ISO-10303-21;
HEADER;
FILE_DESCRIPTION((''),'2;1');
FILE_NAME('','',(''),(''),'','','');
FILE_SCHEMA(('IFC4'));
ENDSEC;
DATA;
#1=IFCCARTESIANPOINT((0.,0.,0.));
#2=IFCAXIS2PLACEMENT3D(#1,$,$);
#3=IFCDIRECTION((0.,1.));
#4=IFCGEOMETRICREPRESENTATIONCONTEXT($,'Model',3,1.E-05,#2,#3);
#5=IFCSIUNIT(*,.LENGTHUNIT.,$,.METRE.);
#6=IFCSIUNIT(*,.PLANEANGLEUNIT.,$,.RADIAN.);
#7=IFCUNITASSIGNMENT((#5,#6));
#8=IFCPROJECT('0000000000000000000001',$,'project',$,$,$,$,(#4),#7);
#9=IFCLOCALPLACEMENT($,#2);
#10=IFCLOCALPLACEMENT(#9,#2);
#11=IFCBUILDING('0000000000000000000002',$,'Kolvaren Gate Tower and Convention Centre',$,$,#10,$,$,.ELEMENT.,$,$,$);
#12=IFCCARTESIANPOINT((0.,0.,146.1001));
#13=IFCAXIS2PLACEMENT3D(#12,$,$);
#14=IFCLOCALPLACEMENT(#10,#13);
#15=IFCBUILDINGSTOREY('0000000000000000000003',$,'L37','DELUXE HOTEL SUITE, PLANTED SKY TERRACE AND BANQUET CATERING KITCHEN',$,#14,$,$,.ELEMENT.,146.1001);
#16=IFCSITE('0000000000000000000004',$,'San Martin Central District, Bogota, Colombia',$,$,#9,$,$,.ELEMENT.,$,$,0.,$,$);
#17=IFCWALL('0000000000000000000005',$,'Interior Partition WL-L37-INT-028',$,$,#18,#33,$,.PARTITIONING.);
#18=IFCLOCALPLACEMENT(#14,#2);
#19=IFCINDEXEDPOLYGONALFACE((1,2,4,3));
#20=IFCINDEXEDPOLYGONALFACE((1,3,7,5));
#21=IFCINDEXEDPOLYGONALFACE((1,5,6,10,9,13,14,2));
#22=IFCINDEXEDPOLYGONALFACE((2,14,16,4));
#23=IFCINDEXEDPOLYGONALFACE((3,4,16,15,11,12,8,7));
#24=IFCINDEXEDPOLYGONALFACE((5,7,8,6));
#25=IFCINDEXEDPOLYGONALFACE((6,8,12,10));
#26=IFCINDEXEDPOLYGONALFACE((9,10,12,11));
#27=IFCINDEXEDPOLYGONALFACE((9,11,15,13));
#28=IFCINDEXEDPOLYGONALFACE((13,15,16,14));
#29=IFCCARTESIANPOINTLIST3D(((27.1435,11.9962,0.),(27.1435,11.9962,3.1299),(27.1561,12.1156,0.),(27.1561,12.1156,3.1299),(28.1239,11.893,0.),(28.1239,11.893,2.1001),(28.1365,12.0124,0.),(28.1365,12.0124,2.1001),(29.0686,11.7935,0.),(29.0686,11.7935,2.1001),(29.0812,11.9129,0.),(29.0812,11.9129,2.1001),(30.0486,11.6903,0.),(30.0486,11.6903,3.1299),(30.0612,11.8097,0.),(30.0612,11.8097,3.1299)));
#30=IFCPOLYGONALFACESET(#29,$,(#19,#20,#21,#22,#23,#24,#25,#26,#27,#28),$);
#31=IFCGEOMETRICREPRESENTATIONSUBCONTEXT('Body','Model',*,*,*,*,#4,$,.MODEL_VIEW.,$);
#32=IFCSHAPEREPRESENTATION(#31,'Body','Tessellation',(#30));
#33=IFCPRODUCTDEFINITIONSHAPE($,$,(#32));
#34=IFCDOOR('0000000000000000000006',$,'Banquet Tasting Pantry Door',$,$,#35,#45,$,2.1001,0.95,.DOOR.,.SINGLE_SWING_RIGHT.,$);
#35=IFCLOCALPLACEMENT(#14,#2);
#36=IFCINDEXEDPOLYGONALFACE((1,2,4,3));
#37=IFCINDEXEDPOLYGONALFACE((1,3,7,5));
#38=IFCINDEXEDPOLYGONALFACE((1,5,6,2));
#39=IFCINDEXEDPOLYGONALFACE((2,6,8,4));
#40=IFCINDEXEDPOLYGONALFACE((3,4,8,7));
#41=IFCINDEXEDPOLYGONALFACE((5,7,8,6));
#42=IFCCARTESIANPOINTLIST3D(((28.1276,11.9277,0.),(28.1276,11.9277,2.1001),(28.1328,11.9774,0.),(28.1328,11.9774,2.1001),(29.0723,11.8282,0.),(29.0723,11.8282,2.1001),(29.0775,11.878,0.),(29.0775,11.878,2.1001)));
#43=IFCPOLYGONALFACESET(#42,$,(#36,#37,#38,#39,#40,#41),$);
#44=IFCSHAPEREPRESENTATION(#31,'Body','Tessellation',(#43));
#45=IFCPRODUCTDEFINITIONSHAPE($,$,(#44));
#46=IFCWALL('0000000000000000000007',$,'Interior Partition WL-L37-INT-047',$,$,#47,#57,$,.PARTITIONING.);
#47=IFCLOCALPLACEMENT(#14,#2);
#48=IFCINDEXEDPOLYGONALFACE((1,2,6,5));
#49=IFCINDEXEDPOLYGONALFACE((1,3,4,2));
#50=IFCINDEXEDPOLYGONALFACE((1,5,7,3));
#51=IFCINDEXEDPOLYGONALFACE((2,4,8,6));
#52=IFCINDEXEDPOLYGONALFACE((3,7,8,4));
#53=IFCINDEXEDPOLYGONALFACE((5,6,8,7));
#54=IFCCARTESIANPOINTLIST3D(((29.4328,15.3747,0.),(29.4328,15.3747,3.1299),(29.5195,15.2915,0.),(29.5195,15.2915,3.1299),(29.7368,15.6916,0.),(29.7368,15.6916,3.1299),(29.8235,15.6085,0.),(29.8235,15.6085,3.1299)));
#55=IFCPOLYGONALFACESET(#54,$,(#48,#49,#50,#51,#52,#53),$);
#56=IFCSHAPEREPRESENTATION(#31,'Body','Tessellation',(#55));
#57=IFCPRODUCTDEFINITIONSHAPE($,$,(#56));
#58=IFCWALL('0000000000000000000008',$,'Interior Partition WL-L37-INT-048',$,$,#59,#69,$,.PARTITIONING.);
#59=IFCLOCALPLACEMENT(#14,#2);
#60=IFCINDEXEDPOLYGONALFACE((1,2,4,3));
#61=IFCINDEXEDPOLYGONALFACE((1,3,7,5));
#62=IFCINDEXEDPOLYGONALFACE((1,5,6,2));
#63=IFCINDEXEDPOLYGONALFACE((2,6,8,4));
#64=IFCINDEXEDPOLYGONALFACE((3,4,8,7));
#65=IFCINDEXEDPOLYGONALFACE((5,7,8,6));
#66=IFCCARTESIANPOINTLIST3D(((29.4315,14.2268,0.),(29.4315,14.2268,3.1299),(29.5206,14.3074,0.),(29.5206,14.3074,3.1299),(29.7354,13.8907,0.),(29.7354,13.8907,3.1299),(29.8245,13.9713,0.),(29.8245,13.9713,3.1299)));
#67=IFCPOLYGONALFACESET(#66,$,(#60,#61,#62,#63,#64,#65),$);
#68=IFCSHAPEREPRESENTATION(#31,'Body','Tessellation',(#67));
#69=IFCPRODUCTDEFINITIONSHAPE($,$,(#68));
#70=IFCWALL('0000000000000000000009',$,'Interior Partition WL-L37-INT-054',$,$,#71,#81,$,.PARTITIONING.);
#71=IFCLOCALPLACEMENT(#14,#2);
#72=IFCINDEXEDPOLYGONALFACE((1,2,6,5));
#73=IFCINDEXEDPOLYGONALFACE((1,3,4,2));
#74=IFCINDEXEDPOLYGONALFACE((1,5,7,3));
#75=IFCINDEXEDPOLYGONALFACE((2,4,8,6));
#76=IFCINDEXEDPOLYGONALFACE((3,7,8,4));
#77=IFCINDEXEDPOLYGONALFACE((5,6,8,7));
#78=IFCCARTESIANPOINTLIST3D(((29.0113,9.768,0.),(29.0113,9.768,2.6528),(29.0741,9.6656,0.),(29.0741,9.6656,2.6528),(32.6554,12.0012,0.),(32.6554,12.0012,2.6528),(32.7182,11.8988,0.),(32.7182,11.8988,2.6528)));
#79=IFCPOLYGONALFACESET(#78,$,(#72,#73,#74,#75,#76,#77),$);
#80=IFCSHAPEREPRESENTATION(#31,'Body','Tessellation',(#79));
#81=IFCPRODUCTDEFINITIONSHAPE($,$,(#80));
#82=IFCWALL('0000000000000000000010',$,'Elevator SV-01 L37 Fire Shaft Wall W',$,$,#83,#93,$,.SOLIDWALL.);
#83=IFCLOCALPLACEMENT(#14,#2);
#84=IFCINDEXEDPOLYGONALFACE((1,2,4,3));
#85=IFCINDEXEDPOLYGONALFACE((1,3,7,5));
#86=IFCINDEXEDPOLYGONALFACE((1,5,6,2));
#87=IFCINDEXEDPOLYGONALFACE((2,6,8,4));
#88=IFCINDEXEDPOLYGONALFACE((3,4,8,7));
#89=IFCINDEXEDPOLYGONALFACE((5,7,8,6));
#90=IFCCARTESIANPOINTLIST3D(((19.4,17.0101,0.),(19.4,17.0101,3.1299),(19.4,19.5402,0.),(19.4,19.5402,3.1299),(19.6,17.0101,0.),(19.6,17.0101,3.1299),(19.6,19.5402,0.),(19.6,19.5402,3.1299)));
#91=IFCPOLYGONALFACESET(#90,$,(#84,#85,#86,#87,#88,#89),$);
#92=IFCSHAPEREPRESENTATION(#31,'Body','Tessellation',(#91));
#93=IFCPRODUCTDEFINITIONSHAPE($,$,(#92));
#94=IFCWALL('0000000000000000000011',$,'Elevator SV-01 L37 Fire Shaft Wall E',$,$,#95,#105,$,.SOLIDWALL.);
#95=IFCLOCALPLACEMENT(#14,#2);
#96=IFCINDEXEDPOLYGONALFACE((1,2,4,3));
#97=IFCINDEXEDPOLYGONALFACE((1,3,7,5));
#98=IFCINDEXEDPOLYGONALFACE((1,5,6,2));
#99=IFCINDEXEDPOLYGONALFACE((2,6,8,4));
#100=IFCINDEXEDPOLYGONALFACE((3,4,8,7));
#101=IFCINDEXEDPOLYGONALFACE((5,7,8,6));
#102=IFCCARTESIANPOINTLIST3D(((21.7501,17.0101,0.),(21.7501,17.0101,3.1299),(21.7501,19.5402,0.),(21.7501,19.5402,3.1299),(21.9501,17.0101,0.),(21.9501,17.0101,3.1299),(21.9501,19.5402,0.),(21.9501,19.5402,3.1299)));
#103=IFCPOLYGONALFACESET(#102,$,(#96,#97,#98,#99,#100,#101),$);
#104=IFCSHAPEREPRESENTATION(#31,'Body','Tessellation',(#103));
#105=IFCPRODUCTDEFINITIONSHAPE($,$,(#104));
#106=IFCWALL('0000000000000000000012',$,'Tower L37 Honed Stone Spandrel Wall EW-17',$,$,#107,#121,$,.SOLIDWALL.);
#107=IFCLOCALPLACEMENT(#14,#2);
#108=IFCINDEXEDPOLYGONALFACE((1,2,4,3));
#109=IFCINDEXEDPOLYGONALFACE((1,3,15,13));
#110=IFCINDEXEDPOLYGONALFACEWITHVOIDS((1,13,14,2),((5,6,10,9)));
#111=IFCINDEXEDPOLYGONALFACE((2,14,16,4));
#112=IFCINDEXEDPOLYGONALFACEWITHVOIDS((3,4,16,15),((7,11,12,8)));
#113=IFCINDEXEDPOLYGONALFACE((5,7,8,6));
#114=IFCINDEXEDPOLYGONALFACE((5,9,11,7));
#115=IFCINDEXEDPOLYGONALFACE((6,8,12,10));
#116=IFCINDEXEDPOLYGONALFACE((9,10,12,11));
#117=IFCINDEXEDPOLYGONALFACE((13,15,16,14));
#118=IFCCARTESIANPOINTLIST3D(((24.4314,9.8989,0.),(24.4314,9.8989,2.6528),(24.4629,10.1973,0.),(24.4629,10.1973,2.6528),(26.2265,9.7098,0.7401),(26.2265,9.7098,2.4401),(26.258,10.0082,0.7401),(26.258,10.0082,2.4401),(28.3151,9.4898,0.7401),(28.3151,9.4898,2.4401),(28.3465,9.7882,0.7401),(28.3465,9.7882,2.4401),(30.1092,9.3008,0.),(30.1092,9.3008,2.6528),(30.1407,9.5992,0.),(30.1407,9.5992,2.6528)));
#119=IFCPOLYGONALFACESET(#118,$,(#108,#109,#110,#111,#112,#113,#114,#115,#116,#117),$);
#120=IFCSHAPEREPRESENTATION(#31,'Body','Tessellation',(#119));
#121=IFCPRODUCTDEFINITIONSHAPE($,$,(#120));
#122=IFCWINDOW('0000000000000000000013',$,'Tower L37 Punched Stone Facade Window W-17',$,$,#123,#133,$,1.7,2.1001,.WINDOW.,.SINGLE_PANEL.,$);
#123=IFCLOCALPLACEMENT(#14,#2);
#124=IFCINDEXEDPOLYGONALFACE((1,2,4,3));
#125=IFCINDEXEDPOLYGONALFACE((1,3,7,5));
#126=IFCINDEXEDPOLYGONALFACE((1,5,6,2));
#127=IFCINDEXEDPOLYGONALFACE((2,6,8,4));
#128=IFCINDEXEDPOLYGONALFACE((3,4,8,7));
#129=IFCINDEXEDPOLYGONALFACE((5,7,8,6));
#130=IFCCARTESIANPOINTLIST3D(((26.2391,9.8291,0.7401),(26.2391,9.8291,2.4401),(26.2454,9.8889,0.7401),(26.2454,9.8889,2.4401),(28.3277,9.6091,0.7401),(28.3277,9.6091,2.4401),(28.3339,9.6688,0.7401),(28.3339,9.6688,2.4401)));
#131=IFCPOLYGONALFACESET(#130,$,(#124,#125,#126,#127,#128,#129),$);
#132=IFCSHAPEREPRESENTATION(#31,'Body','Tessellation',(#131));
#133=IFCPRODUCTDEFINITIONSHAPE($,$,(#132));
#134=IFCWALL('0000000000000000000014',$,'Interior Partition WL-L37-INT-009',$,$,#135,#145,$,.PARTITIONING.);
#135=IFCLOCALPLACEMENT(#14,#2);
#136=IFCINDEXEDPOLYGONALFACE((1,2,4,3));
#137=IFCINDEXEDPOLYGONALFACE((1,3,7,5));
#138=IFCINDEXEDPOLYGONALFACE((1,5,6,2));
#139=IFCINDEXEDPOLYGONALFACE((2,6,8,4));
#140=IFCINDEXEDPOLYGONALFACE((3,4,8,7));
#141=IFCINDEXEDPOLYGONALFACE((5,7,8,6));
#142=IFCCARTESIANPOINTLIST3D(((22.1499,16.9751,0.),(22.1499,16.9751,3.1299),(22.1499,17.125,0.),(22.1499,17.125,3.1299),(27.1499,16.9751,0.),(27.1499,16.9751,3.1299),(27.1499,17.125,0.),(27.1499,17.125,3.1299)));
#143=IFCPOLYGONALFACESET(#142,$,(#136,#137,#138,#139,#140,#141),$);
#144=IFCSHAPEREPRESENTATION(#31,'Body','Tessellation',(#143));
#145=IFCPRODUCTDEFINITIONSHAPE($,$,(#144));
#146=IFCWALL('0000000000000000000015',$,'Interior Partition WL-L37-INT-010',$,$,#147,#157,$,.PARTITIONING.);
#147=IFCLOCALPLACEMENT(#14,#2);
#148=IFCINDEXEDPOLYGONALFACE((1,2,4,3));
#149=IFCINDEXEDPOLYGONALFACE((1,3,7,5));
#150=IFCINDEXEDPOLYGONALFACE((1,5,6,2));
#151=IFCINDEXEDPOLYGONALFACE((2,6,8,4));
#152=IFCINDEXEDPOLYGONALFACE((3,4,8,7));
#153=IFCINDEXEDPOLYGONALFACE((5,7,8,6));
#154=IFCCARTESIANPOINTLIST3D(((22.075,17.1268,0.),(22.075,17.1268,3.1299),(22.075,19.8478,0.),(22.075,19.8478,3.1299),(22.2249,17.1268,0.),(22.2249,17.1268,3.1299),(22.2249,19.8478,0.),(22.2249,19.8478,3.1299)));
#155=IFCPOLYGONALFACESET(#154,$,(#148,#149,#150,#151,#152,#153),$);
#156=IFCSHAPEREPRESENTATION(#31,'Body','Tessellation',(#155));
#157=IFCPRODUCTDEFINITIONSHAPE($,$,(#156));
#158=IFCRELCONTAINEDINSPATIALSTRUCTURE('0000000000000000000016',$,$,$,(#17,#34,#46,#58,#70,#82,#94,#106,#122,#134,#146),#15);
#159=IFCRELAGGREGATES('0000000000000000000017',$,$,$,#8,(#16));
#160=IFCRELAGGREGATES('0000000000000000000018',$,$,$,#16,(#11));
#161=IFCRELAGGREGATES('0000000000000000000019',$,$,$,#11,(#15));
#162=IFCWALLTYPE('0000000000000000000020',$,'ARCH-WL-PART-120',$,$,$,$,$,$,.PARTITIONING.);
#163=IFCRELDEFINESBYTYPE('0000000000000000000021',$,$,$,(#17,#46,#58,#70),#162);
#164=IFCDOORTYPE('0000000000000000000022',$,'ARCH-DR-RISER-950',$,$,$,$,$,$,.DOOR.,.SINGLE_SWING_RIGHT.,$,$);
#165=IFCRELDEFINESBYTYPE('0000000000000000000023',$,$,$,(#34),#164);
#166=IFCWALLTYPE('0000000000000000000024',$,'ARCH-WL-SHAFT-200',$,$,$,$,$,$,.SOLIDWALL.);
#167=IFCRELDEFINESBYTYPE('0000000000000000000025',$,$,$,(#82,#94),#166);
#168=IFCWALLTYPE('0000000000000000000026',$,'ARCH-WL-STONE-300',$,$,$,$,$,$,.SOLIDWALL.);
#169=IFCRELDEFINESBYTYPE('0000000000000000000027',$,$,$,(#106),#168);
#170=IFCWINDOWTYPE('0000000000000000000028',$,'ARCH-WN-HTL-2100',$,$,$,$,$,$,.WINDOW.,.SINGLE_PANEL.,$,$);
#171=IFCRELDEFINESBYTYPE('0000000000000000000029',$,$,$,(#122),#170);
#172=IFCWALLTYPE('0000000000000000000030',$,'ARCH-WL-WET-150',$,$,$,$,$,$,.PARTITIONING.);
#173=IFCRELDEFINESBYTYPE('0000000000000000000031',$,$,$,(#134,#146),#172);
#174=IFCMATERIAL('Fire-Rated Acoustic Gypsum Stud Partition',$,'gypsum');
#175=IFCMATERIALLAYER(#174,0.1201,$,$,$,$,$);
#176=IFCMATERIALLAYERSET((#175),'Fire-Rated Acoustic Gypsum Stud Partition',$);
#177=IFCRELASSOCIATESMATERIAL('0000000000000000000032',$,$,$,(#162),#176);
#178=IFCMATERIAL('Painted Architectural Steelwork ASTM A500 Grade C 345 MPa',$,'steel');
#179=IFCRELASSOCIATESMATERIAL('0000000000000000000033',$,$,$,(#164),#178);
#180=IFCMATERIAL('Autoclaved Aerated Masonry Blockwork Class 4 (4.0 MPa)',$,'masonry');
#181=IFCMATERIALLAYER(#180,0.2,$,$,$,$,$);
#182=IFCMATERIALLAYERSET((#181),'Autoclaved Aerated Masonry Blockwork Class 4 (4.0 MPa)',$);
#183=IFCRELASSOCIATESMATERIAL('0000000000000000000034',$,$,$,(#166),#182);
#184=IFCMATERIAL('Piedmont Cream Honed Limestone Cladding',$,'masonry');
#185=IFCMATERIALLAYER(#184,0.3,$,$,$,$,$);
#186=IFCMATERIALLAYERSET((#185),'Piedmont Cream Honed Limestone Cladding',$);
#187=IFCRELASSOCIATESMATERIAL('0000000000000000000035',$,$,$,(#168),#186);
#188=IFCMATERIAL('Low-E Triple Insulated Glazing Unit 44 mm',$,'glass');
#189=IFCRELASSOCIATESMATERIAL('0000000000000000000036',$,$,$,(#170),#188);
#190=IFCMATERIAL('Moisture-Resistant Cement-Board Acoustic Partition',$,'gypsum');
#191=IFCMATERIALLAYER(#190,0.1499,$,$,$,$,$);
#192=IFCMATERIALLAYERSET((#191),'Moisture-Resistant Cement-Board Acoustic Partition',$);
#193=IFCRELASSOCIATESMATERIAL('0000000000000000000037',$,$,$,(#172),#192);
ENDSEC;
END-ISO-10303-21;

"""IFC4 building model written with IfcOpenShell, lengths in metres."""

from ifc_helpers import new_model, si_unit, direction, frame, frame_2d, origin, place, context, subcontext, project, spatial, rectangle, extrude, material, layer, layer_set, type_object, element, fill, save


model = new_model("IFC4")

# Units and contexts
model_context = context("Model", 3, precision=1e-05, world=origin(), true_north=direction((0.0, 1.0)))
body_context = subcontext(model_context, "Body", "Model", "MODEL_VIEW")
ifc_project = project(units=[si_unit("LENGTHUNIT", "METRE"), si_unit("PLANEANGLEUNIT", "RADIAN")], contexts=[model_context])

# Site, building, storey
site_placement = place(None, origin())
site = spatial("IfcSite", under=ifc_project, at=site_placement, Name="San Martin Central District, Bogota, Colombia", CompositionType="ELEMENT", RefElevation=0.0)
building_placement = place(site_placement, origin())
building = spatial("IfcBuilding", under=site, at=building_placement, Name="Kolvaren Gate Tower and Convention Centre", CompositionType="ELEMENT")
storey_placement = place(building_placement, frame((0.0, 0.0, 146.1001)))
storey = spatial("IfcBuildingStorey", under=building, at=storey_placement, Name="L37", Description="DELUXE HOTEL SUITE, PLANTED SKY TERRACE AND BANQUET CATERING KITCHEN", CompositionType="ELEMENT", Elevation=146.1001)

# Shared definitions
ifc_material_1 = material(Name="Fire-Rated Acoustic Gypsum Stud Partition", Category="gypsum")
ifc_layer_1 = layer(ifc_material_1, 0.1201)
ifc_layer_set_1 = layer_set([ifc_layer_1], Name="Fire-Rated Acoustic Gypsum Stud Partition")
wall_type_1 = type_object("IfcWallType", Name="ARCH-WL-PART-120", PredefinedType="PARTITIONING", material=ifc_layer_set_1)

# Wall, opening, door
wall_1_placement = place(storey_placement, frame((27.1499, 12.0559, 0.0), z_axis=(0.0, 0.0, 1.0), x_axis=(0.994501, -0.104724, 0.0)))
wall_1 = element("IfcWall", 1, at=wall_1_placement, inside=storey, type_object=wall_type_1, Name="Interior Partition WL-L37-INT-028", PredefinedType="PARTITIONING", context=body_context, shape_type="SweptSolid", body=[
    extrude(rectangle(XDim=2.9211, YDim=0.1201, at=frame_2d((1.4604, 0.0))), origin(), (0.0, 0.0, 1.0), 3.1299),
])
opening_1_placement = place(wall_1_placement, frame((0.9856, 0.0, 0.0)))
opening_1 = element("IfcOpeningElement", 2, at=opening_1_placement, cuts=wall_1, PredefinedType="OPENING", context=body_context, shape_type="SweptSolid", body=[
    extrude(rectangle(XDim=0.95, YDim=2.1001, at=frame_2d((0.4751, 1.05))), frame((0.0, 0.0701, 0.0), z_axis=(0.0, -1.0, 0.0), x_axis=(1.0, 0.0, 0.0)), (0.0, 0.0, 1.0), 0.1401),
])
ifc_material_2 = material(Name="Painted Architectural Steelwork ASTM A500 Grade C 345 MPa", Category="steel")
door_type = type_object("IfcDoorType", Name="ARCH-DR-RISER-950", OperationType="SINGLE_SWING_RIGHT", PredefinedType="DOOR", material=ifc_material_2)
door_1_placement = place(opening_1_placement, origin())
door_1 = element("IfcDoor", 3, at=door_1_placement, inside=storey, type_object=door_type, Name="Banquet Tasting Pantry Door", OperationType="SINGLE_SWING_RIGHT", OverallHeight=2.1001, OverallWidth=0.95, PredefinedType="DOOR", context=body_context, shape_type="SweptSolid", body=[
    extrude(rectangle(XDim=0.95, YDim=2.1001, at=frame_2d((0.4751, 1.05))), frame((0.0, 0.0249, 0.0), z_axis=(0.0, -1.0, 0.0), x_axis=(1.0, 0.0, 0.0)), (0.0, 0.0, 1.0), 0.05),
])
fill(opening_1, door_1)

# Walls
wall_2_placement = place(storey_placement, frame((29.4761, 15.333, 0.0), z_axis=(0.0, 0.0, 1.0), x_axis=(0.692219, 0.721687, 0.0)))
element("IfcWall", 4, at=wall_2_placement, inside=storey, type_object=wall_type_1, Name="Interior Partition WL-L37-INT-047", PredefinedType="PARTITIONING", context=body_context, shape_type="SweptSolid", body=[
    extrude(rectangle(XDim=0.4392, YDim=0.1201, at=frame_2d((0.2197, 0.0))), origin(), (0.0, 0.0, 1.0), 3.1299),
])
wall_3_placement = place(storey_placement, frame((29.4761, 14.2671, 0.0), z_axis=(0.0, 0.0, 1.0), x_axis=(0.670659, -0.741765, 0.0)))
element("IfcWall", 5, at=wall_3_placement, inside=storey, type_object=wall_type_1, Name="Interior Partition WL-L37-INT-048", PredefinedType="PARTITIONING", context=body_context, shape_type="SweptSolid", body=[
    extrude(rectangle(XDim=0.4531, YDim=0.1201, at=frame_2d((0.2266, 0.0))), origin(), (0.0, 0.0, 1.0), 3.1299),
])
wall_4_placement = place(storey_placement, frame((29.0427, 9.7168, 0.0), z_axis=(0.0, 0.0, 1.0), x_axis=(0.852632, 0.522512, 0.0)))
element("IfcWall", 6, at=wall_4_placement, inside=storey, type_object=wall_type_1, Name="Interior Partition WL-L37-INT-054", PredefinedType="PARTITIONING", context=body_context, shape_type="SweptSolid", body=[
    extrude(rectangle(XDim=4.2739, YDim=0.1201, at=frame_2d((2.137, 0.0))), origin(), (0.0, 0.0, 1.0), 2.6528),
])
ifc_material_3 = material(Name="Autoclaved Aerated Masonry Blockwork Class 4 (4.0 MPa)", Category="masonry")
ifc_layer_2 = layer(ifc_material_3, 0.2)
ifc_layer_set_2 = layer_set([ifc_layer_2], Name="Autoclaved Aerated Masonry Blockwork Class 4 (4.0 MPa)")
wall_type_2 = type_object("IfcWallType", Name="ARCH-WL-SHAFT-200", PredefinedType="SOLIDWALL", material=ifc_layer_set_2)
for number, where, z_axis, x_axis, name in (
    (7, (19.5, 17.01, 0.0), (0.0, 0.0, 1.0), (0.0, 1.0, 0.0), "Elevator SV-01 L37 Fire Shaft Wall W"),
    (8, (21.8501, 17.01, 0.0), (0.0, 0.0, 1.0), (0.0, 1.0, 0.0), "Elevator SV-01 L37 Fire Shaft Wall E"),
):
    element("IfcWall", number, at=place(storey_placement, frame(where, z_axis=z_axis, x_axis=x_axis)), inside=storey, type_object=wall_type_2, Name=name, PredefinedType="SOLIDWALL", context=body_context, shape_type="SweptSolid", body=[
        extrude(rectangle(XDim=2.53, YDim=0.2, at=frame_2d((1.2651, 0.0))), origin(), (0.0, 0.0, 1.0), 3.1299),
    ])

# Wall, opening, window
ifc_material_4 = material(Name="Piedmont Cream Honed Limestone Cladding", Category="masonry")
ifc_layer_3 = layer(ifc_material_4, 0.3)
ifc_layer_set_3 = layer_set([ifc_layer_3], Name="Piedmont Cream Honed Limestone Cladding")
wall_type_3 = type_object("IfcWallType", Name="ARCH-WL-STONE-300", PredefinedType="SOLIDWALL", material=ifc_layer_set_3)
wall_5_placement = place(storey_placement, frame((24.4473, 10.0481, 0.0), z_axis=(0.0, 0.0, 1.0), x_axis=(0.994497, -0.104769, 0.0)))
wall_5 = element("IfcWall", 9, at=wall_5_placement, inside=storey, type_object=wall_type_3, Name="Tower L37 Honed Stone Spandrel Wall EW-17", PredefinedType="SOLIDWALL", context=body_context, shape_type="SweptSolid", body=[
    extrude(rectangle(XDim=5.7092, YDim=0.3, at=frame_2d((2.8545, 0.0))), origin(), (0.0, 0.0, 1.0), 2.6528),
])
opening_2_placement = place(wall_5_placement, frame((1.8049, 0.0, 0.74)))
opening_2 = element("IfcOpeningElement", 10, at=opening_2_placement, cuts=wall_5, PredefinedType="OPENING", context=body_context, shape_type="SweptSolid", body=[
    extrude(rectangle(XDim=2.1001, YDim=1.7, at=frame_2d((1.05, 0.8501))), frame((0.0, 0.1599, 0.0), z_axis=(0.0, -1.0, 0.0), x_axis=(1.0, 0.0, 0.0)), (0.0, 0.0, 1.0), 0.3201),
])
ifc_material_5 = material(Name="Low-E Triple Insulated Glazing Unit 44 mm", Category="glass")
window_type = type_object("IfcWindowType", Name="ARCH-WN-HTL-2100", PartitioningType="SINGLE_PANEL", PredefinedType="WINDOW", material=ifc_material_5)
window_placement = place(opening_2_placement, origin())
window = element("IfcWindow", 11, at=window_placement, inside=storey, type_object=window_type, Name="Tower L37 Punched Stone Facade Window W-17", OverallHeight=1.7, OverallWidth=2.1001, PartitioningType="SINGLE_PANEL", PredefinedType="WINDOW", context=body_context, shape_type="SweptSolid", body=[
    extrude(rectangle(XDim=2.1001, YDim=1.7, at=frame_2d((1.05, 0.8501))), frame((0.0, 0.03, 0.0), z_axis=(0.0, -1.0, 0.0), x_axis=(1.0, 0.0, 0.0)), (0.0, 0.0, 1.0), 0.0601),
])
fill(opening_2, window)

# Walls
ifc_material_6 = material(Name="Moisture-Resistant Cement-Board Acoustic Partition", Category="gypsum")
ifc_layer_4 = layer(ifc_material_6, 0.1499)
ifc_layer_set_4 = layer_set([ifc_layer_4], Name="Moisture-Resistant Cement-Board Acoustic Partition")
wall_type_4 = type_object("IfcWallType", Name="ARCH-WL-WET-150", PredefinedType="PARTITIONING", material=ifc_layer_set_4)
wall_6_placement = place(storey_placement, frame((22.1499, 17.05, 0.0), z_axis=(0.0, 0.0, 1.0), x_axis=(1.0, 0.0, 0.0)))
element("IfcWall", 12, at=wall_6_placement, inside=storey, type_object=wall_type_4, Name="Interior Partition WL-L37-INT-009", PredefinedType="PARTITIONING", context=body_context, shape_type="SweptSolid", body=[
    extrude(rectangle(XDim=5.0, YDim=0.1499, at=frame_2d((2.5, 0.0))), origin(), (0.0, 0.0, 1.0), 3.1299),
])
wall_7_placement = place(storey_placement, frame((22.1499, 17.127, 0.0), z_axis=(0.0, 0.0, 1.0), x_axis=(0.0, 1.0, 0.0)))
element("IfcWall", 13, at=wall_7_placement, inside=storey, type_object=wall_type_4, Name="Interior Partition WL-L37-INT-010", PredefinedType="PARTITIONING", context=body_context, shape_type="SweptSolid", body=[
    extrude(rectangle(XDim=2.7209, YDim=0.1499, at=frame_2d((1.3604, 0.0))), origin(), (0.0, 0.0, 1.0), 3.1299),
])

save(model, "model.ifc")
